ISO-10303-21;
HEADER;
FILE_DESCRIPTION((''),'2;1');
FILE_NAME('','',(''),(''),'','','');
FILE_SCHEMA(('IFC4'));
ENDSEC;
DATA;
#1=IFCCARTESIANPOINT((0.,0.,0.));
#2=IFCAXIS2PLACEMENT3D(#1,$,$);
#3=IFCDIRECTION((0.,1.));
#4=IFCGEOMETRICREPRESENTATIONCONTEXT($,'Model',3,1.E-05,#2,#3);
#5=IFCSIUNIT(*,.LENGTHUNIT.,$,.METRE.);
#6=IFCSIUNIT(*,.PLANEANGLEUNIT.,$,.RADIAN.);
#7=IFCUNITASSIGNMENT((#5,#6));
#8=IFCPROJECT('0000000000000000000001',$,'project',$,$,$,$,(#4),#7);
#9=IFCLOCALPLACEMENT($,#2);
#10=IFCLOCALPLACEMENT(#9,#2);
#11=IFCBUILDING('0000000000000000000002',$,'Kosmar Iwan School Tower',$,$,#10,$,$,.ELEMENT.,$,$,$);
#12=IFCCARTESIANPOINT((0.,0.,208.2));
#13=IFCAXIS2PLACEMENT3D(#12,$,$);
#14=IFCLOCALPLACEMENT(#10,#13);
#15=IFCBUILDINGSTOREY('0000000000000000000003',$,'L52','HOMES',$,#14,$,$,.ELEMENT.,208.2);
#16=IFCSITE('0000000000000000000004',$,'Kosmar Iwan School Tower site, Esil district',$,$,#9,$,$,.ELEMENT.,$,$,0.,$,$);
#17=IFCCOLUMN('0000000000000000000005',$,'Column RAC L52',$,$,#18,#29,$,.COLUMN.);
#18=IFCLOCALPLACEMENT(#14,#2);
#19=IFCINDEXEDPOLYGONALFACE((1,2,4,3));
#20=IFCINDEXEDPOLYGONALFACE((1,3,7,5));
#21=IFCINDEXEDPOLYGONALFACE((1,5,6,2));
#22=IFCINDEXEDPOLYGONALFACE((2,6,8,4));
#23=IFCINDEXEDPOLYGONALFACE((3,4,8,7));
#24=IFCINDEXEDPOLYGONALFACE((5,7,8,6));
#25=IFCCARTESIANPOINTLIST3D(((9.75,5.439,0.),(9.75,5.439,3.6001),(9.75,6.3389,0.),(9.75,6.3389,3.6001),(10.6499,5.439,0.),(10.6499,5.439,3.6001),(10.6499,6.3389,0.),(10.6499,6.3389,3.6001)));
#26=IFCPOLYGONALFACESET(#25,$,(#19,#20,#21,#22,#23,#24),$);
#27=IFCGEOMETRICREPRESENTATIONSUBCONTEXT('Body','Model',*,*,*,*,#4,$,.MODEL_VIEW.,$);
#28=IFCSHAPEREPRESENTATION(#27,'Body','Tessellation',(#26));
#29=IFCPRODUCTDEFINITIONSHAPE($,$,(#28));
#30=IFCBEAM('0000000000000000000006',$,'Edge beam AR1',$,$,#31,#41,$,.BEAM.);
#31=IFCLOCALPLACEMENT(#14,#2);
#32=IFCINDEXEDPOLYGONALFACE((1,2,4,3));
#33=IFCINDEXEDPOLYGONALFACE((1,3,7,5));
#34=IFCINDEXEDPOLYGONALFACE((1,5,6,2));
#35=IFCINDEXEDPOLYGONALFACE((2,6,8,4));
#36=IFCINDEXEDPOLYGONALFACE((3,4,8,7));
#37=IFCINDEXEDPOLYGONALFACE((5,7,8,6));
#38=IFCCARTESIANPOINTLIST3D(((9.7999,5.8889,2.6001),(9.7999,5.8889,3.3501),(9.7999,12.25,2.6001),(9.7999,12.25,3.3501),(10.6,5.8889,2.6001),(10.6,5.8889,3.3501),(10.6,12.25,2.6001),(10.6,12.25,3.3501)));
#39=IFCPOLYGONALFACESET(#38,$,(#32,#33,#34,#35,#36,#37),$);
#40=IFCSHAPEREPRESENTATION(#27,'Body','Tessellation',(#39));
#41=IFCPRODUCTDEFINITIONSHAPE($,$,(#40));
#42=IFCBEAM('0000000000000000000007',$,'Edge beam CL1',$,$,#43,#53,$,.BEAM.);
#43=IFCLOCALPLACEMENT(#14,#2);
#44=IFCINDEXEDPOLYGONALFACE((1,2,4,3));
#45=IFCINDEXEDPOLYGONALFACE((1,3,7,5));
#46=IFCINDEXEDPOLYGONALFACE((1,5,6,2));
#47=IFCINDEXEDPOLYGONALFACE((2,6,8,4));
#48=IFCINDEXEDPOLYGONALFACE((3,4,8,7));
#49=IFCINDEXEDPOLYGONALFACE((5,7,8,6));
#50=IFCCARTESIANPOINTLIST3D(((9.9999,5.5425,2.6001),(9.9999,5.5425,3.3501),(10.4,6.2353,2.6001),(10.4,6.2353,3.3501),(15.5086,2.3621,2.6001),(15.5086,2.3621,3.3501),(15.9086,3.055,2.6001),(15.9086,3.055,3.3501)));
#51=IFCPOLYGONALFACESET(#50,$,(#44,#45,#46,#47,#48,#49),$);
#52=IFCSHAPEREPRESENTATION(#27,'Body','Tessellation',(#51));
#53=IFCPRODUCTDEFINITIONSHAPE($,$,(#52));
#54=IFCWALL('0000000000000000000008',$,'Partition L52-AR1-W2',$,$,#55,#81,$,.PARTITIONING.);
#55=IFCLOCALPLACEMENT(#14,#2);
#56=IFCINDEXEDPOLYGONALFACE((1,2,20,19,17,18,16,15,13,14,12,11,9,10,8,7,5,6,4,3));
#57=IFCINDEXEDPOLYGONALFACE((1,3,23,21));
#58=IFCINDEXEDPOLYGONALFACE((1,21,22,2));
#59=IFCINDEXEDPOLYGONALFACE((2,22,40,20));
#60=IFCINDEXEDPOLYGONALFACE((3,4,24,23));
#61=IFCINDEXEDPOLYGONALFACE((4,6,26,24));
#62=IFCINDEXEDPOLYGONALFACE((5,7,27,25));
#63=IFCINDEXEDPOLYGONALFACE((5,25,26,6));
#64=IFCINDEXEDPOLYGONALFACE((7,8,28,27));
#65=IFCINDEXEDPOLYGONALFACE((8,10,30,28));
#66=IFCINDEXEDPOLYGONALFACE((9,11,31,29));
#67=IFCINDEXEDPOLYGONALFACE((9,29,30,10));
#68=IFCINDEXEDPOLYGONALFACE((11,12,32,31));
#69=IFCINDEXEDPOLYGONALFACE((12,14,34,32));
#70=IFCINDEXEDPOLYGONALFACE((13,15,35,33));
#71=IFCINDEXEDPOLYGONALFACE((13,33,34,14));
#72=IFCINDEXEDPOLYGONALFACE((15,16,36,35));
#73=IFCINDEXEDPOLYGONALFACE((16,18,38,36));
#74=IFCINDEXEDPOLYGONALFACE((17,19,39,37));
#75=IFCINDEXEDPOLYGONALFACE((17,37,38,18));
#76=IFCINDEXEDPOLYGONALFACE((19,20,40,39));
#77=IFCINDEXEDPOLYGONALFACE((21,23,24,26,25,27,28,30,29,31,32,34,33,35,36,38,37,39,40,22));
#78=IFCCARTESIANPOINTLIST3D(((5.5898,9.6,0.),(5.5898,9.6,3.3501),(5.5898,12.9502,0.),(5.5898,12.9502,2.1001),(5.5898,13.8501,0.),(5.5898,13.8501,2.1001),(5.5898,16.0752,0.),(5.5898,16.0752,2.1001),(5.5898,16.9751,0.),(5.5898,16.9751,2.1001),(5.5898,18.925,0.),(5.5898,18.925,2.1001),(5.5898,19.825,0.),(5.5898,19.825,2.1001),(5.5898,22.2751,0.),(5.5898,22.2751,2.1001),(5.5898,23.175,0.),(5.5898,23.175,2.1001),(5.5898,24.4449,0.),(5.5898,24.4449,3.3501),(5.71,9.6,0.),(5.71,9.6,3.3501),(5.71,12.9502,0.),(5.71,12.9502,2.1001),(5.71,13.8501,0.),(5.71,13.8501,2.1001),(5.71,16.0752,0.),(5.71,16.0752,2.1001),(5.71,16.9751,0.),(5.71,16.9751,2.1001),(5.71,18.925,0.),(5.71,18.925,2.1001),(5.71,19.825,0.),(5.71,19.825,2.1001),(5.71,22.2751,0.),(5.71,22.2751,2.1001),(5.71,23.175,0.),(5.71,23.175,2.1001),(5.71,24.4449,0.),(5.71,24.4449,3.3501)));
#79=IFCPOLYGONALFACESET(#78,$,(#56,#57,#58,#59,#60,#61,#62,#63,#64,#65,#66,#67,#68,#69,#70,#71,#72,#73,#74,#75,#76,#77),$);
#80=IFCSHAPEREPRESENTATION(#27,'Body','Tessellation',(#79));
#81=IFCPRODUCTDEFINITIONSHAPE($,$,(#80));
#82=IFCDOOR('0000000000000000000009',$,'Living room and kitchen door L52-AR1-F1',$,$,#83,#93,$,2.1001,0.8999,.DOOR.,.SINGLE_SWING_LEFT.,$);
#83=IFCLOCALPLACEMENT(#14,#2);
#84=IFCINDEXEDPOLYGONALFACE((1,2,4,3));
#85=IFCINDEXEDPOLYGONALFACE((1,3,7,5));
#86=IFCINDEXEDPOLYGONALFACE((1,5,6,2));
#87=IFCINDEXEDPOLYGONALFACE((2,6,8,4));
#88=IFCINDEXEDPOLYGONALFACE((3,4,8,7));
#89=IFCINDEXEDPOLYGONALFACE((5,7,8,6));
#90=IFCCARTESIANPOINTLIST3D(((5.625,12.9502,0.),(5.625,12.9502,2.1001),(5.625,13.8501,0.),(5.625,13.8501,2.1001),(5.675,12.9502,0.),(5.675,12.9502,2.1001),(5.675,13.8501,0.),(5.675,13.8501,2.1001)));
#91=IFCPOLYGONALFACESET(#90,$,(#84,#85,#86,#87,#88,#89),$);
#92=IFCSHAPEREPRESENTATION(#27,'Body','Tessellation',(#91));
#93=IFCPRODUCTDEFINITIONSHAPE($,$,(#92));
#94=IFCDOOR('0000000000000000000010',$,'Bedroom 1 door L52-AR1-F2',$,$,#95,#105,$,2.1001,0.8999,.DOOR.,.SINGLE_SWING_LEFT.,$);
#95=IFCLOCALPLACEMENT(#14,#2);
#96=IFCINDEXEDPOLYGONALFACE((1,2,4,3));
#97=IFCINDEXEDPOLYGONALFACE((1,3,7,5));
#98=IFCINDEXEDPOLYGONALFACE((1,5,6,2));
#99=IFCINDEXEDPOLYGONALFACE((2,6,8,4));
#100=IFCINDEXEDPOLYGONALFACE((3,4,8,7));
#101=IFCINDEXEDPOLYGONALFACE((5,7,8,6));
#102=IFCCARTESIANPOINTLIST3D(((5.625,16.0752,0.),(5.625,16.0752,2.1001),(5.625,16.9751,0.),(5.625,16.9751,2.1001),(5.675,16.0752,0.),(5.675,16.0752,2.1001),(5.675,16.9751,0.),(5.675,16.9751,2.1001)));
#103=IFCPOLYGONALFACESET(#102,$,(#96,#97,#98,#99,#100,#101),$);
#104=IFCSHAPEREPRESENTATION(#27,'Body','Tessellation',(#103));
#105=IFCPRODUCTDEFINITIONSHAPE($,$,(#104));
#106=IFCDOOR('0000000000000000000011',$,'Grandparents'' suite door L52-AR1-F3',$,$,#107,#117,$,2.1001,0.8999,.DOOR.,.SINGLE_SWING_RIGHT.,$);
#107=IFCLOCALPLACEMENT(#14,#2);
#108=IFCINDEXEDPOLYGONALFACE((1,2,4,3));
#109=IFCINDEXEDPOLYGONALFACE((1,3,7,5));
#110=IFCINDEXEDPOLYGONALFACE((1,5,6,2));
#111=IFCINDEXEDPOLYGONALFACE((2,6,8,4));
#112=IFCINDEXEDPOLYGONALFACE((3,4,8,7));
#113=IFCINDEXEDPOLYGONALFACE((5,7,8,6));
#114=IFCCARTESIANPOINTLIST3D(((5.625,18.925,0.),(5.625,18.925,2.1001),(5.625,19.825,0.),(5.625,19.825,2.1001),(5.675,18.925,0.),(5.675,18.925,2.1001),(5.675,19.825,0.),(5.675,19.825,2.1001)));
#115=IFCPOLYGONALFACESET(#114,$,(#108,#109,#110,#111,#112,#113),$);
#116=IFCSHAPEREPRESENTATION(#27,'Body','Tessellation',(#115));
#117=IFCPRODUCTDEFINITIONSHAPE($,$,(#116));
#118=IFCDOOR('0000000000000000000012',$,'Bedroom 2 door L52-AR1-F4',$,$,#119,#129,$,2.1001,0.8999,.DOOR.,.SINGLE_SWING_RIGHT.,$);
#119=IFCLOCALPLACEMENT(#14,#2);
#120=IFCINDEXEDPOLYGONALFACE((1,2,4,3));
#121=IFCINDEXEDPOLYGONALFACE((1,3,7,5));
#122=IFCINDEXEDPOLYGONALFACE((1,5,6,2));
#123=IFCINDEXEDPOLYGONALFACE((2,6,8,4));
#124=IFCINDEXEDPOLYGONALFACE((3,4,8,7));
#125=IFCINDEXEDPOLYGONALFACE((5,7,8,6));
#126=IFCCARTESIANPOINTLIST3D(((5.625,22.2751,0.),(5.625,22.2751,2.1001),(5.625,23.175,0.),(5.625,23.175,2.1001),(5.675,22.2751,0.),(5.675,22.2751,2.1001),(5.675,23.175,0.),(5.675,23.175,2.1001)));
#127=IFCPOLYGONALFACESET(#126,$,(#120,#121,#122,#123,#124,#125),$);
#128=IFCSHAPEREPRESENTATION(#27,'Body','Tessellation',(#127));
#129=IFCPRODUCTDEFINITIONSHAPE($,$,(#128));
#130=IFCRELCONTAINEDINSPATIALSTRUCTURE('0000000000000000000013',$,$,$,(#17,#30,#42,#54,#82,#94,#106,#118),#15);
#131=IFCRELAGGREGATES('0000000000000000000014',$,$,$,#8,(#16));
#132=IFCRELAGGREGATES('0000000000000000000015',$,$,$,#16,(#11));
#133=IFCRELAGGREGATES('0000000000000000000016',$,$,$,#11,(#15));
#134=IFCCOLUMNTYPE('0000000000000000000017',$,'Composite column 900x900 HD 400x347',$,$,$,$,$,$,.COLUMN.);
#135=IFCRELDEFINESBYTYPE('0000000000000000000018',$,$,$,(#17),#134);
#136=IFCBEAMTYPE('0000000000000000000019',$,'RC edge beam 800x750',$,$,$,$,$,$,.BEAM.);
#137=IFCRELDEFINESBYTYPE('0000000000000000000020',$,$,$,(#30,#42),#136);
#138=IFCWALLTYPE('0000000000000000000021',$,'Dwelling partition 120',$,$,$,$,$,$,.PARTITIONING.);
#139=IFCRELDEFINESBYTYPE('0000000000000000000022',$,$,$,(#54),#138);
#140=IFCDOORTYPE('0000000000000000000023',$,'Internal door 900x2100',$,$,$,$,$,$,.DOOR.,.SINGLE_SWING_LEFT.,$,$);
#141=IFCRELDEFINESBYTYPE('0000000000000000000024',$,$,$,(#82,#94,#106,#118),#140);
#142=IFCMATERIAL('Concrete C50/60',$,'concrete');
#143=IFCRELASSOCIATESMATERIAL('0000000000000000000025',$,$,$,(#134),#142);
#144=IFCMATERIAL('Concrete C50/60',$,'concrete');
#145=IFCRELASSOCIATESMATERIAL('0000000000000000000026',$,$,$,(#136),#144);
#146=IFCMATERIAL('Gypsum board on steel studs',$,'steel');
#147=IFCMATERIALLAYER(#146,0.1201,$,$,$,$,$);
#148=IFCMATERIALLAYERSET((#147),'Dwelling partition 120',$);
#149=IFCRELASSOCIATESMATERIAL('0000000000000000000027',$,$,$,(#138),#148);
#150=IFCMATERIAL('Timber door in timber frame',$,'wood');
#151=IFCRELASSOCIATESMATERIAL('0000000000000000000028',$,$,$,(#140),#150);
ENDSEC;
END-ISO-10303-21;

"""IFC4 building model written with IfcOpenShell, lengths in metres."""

from ifc_helpers import new_model, si_unit, direction, frame, frame_2d, origin, origin_2d, place, context, subcontext, project, spatial, rectangle, extrude, material, layer, layer_set, material_profile, profile_set, type_object, element, fill, save


model = new_model("IFC4")

# Units and contexts
model_context = context("Model", 3, precision=1e-05, world=origin(), true_north=direction((0.0, 1.0)))
body_context = subcontext(model_context, "Body", "Model", "MODEL_VIEW")
ifc_project = project(units=[si_unit("LENGTHUNIT", "METRE"), si_unit("PLANEANGLEUNIT", "RADIAN")], contexts=[model_context])

# Site, building, storey
site_placement = place(None, origin())
site = spatial("IfcSite", under=ifc_project, at=site_placement, Name="Kosmar Iwan School Tower site, Esil district", CompositionType="ELEMENT", RefElevation=0.0)
building_placement = place(site_placement, origin())
building = spatial("IfcBuilding", under=site, at=building_placement, Name="Kosmar Iwan School Tower", CompositionType="ELEMENT")
storey_placement = place(building_placement, frame((0.0, 0.0, 208.2)))
storey = spatial("IfcBuildingStorey", under=building, at=storey_placement, Name="L52", Description="HOMES", CompositionType="ELEMENT", Elevation=208.2)

# Column
ifc_material_1 = material(Name="Concrete C50/60", Category="concrete")
ifc_material_profile_1 = material_profile(ifc_material_1, rectangle(XDim=0.8999, YDim=0.8999, at=origin_2d()), Name="RC 900x900 + HD 400x347")
ifc_profile_set_1 = profile_set([ifc_material_profile_1], Name="Concrete C50/60")
column_type = type_object("IfcColumnType", Name="Composite column 900x900 HD 400x347", PredefinedType="COLUMN", material=ifc_profile_set_1)
column_placement = place(storey_placement, frame((10.2, 5.8889, 0.0), z_axis=(0.0, 0.0, 1.0), x_axis=(1.0, 0.0, 0.0)))
element("IfcColumn", 1, at=column_placement, inside=storey, type_object=column_type, Name="Column RAC L52", PredefinedType="COLUMN", context=body_context, shape_type="SweptSolid", body=[
    extrude(rectangle(XDim=0.8999, YDim=0.8999, at=origin_2d()), origin(), (0.0, 0.0, 1.0), 3.6001),
])

# Beams
ifc_material_2 = material(Name="Concrete C50/60", Category="concrete")
ifc_material_profile_2 = material_profile(ifc_material_2, rectangle(XDim=0.8, YDim=0.75, at=origin_2d()), Name="RC 800x750")
ifc_profile_set_2 = profile_set([ifc_material_profile_2], Name="Concrete C50/60")
beam_type = type_object("IfcBeamType", Name="RC edge beam 800x750", PredefinedType="BEAM", material=ifc_profile_set_2)
beam_1_placement = place(storey_placement, frame((10.2, 5.8889, 2.9751), z_axis=(0.0, 1.0, 0.0), x_axis=(-1.0, 0.0, 0.0)))
element("IfcBeam", 2, at=beam_1_placement, inside=storey, type_object=beam_type, Name="Edge beam AR1", PredefinedType="BEAM", context=body_context, shape_type="SweptSolid", body=[
    extrude(rectangle(XDim=0.8, YDim=0.75, at=origin_2d()), origin(), (0.0, 0.0, 1.0), 6.3611),
])
beam_2_placement = place(storey_placement, frame((10.2, 5.8889, 2.9751), z_axis=(0.866031, -0.49999, 0.0), x_axis=(0.49999, 0.866031, 0.0)))
element("IfcBeam", 3, at=beam_2_placement, inside=storey, type_object=beam_type, Name="Edge beam CL1", PredefinedType="BEAM", context=body_context, shape_type="SweptSolid", body=[
    extrude(rectangle(XDim=0.8, YDim=0.75, at=origin_2d()), origin(), (0.0, 0.0, 1.0), 6.3608),
])

# Wall, openings, doors
ifc_material_3 = material(Name="Gypsum board on steel studs", Category="steel")
ifc_layer_1 = layer(ifc_material_3, 0.1201)
ifc_layer_set_1 = layer_set([ifc_layer_1], Name="Dwelling partition 120")
wall_type_1 = type_object("IfcWallType", Name="Dwelling partition 120", PredefinedType="PARTITIONING", material=ifc_layer_set_1)
wall_1_placement = place(storey_placement, frame((5.6499, 9.6001, 0.0), z_axis=(0.0, 0.0, 1.0), x_axis=(0.0, 1.0, 0.0)))
wall_1 = element("IfcWall", 4, at=wall_1_placement, inside=storey, type_object=wall_type_1, Name="Partition L52-AR1-W2", PredefinedType="PARTITIONING", context=body_context, shape_type="SweptSolid", body=[
    extrude(rectangle(XDim=14.845, YDim=0.1201, at=frame_2d((7.4224, 0.0))), origin(), (0.0, 0.0, 1.0), 3.3501),
])
opening_1_placement = place(wall_1_placement, frame((3.3501, 0.0, 0.0)))
opening_1 = element("IfcOpeningElement", 5, at=opening_1_placement, cuts=wall_1, PredefinedType="OPENING", context=body_context, shape_type="SweptSolid", body=[
    extrude(rectangle(XDim=0.8999, YDim=2.1001, at=frame_2d((0.45, 1.05))), frame((0.0, 0.072, 0.0), z_axis=(0.0, -1.0, 0.0), x_axis=(1.0, 0.0, 0.0)), (0.0, 0.0, 1.0), 0.144),
])
opening_2_placement = place(wall_1_placement, frame((6.4751, 0.0, 0.0)))
opening_2 = element("IfcOpeningElement", 6, at=opening_2_placement, cuts=wall_1, PredefinedType="OPENING", context=body_context, shape_type="SweptSolid", body=[
    extrude(rectangle(XDim=0.8999, YDim=2.1001, at=frame_2d((0.45, 1.05))), frame((0.0, 0.072, 0.0), z_axis=(0.0, -1.0, 0.0), x_axis=(1.0, 0.0, 0.0)), (0.0, 0.0, 1.0), 0.144),
])
opening_3_placement = place(wall_1_placement, frame((9.325, 0.0, 0.0)))
opening_3 = element("IfcOpeningElement", 7, at=opening_3_placement, cuts=wall_1, PredefinedType="OPENING", context=body_context, shape_type="SweptSolid", body=[
    extrude(rectangle(XDim=0.8999, YDim=2.1001, at=frame_2d((0.45, 1.05))), frame((0.0, 0.072, 0.0), z_axis=(0.0, -1.0, 0.0), x_axis=(1.0, 0.0, 0.0)), (0.0, 0.0, 1.0), 0.144),
])
opening_4_placement = place(wall_1_placement, frame((12.675, 0.0, 0.0)))
opening_4 = element("IfcOpeningElement", 8, at=opening_4_placement, cuts=wall_1, PredefinedType="OPENING", context=body_context, shape_type="SweptSolid", body=[
    extrude(rectangle(XDim=0.8999, YDim=2.1001, at=frame_2d((0.45, 1.05))), frame((0.0, 0.072, 0.0), z_axis=(0.0, -1.0, 0.0), x_axis=(1.0, 0.0, 0.0)), (0.0, 0.0, 1.0), 0.144),
])
ifc_material_4 = material(Name="Timber door in timber frame", Category="wood")
door_type = type_object("IfcDoorType", Name="Internal door 900x2100", OperationType="SINGLE_SWING_LEFT", PredefinedType="DOOR", material=ifc_material_4)
door_1_placement = place(opening_1_placement, origin())
door_1 = element("IfcDoor", 9, at=door_1_placement, inside=storey, type_object=door_type, Name="Living room and kitchen door L52-AR1-F1", OperationType="SINGLE_SWING_LEFT", OverallHeight=2.1001, OverallWidth=0.8999, PredefinedType="DOOR", context=body_context, shape_type="SweptSolid", body=[
    extrude(rectangle(XDim=0.8999, YDim=2.1001, at=frame_2d((0.45, 1.05))), frame((0.0, 0.0249, 0.0), z_axis=(0.0, -1.0, 0.0), x_axis=(1.0, 0.0, 0.0)), (0.0, 0.0, 1.0), 0.05),
])
fill(opening_1, door_1)
door_2_placement = place(opening_2_placement, origin())
door_2 = element("IfcDoor", 10, at=door_2_placement, inside=storey, type_object=door_type, Name="Bedroom 1 door L52-AR1-F2", OperationType="SINGLE_SWING_LEFT", OverallHeight=2.1001, OverallWidth=0.8999, PredefinedType="DOOR", context=body_context, shape_type="SweptSolid", body=[
    extrude(rectangle(XDim=0.8999, YDim=2.1001, at=frame_2d((0.45, 1.05))), frame((0.0, 0.0249, 0.0), z_axis=(0.0, -1.0, 0.0), x_axis=(1.0, 0.0, 0.0)), (0.0, 0.0, 1.0), 0.05),
])
fill(opening_2, door_2)
door_3_placement = place(opening_3_placement, origin())
door_3 = element("IfcDoor", 11, at=door_3_placement, inside=storey, type_object=door_type, Name="Grandparents' suite door L52-AR1-F3", OperationType="SINGLE_SWING_RIGHT", OverallHeight=2.1001, OverallWidth=0.8999, PredefinedType="DOOR", context=body_context, shape_type="SweptSolid", body=[
    extrude(rectangle(XDim=0.8999, YDim=2.1001, at=frame_2d((0.45, 1.05))), frame((0.0, 0.0249, 0.0), z_axis=(0.0, -1.0, 0.0), x_axis=(1.0, 0.0, 0.0)), (0.0, 0.0, 1.0), 0.05),
])
fill(opening_3, door_3)
door_4_placement = place(opening_4_placement, origin())
door_4 = element("IfcDoor", 12, at=door_4_placement, inside=storey, type_object=door_type, Name="Bedroom 2 door L52-AR1-F4", OperationType="SINGLE_SWING_RIGHT", OverallHeight=2.1001, OverallWidth=0.8999, PredefinedType="DOOR", context=body_context, shape_type="SweptSolid", body=[
    extrude(rectangle(XDim=0.8999, YDim=2.1001, at=frame_2d((0.45, 1.05))), frame((0.0, 0.0249, 0.0), z_axis=(0.0, -1.0, 0.0), x_axis=(1.0, 0.0, 0.0)), (0.0, 0.0, 1.0), 0.05),
])
fill(opening_4, door_4)

save(model, "model.ifc")
